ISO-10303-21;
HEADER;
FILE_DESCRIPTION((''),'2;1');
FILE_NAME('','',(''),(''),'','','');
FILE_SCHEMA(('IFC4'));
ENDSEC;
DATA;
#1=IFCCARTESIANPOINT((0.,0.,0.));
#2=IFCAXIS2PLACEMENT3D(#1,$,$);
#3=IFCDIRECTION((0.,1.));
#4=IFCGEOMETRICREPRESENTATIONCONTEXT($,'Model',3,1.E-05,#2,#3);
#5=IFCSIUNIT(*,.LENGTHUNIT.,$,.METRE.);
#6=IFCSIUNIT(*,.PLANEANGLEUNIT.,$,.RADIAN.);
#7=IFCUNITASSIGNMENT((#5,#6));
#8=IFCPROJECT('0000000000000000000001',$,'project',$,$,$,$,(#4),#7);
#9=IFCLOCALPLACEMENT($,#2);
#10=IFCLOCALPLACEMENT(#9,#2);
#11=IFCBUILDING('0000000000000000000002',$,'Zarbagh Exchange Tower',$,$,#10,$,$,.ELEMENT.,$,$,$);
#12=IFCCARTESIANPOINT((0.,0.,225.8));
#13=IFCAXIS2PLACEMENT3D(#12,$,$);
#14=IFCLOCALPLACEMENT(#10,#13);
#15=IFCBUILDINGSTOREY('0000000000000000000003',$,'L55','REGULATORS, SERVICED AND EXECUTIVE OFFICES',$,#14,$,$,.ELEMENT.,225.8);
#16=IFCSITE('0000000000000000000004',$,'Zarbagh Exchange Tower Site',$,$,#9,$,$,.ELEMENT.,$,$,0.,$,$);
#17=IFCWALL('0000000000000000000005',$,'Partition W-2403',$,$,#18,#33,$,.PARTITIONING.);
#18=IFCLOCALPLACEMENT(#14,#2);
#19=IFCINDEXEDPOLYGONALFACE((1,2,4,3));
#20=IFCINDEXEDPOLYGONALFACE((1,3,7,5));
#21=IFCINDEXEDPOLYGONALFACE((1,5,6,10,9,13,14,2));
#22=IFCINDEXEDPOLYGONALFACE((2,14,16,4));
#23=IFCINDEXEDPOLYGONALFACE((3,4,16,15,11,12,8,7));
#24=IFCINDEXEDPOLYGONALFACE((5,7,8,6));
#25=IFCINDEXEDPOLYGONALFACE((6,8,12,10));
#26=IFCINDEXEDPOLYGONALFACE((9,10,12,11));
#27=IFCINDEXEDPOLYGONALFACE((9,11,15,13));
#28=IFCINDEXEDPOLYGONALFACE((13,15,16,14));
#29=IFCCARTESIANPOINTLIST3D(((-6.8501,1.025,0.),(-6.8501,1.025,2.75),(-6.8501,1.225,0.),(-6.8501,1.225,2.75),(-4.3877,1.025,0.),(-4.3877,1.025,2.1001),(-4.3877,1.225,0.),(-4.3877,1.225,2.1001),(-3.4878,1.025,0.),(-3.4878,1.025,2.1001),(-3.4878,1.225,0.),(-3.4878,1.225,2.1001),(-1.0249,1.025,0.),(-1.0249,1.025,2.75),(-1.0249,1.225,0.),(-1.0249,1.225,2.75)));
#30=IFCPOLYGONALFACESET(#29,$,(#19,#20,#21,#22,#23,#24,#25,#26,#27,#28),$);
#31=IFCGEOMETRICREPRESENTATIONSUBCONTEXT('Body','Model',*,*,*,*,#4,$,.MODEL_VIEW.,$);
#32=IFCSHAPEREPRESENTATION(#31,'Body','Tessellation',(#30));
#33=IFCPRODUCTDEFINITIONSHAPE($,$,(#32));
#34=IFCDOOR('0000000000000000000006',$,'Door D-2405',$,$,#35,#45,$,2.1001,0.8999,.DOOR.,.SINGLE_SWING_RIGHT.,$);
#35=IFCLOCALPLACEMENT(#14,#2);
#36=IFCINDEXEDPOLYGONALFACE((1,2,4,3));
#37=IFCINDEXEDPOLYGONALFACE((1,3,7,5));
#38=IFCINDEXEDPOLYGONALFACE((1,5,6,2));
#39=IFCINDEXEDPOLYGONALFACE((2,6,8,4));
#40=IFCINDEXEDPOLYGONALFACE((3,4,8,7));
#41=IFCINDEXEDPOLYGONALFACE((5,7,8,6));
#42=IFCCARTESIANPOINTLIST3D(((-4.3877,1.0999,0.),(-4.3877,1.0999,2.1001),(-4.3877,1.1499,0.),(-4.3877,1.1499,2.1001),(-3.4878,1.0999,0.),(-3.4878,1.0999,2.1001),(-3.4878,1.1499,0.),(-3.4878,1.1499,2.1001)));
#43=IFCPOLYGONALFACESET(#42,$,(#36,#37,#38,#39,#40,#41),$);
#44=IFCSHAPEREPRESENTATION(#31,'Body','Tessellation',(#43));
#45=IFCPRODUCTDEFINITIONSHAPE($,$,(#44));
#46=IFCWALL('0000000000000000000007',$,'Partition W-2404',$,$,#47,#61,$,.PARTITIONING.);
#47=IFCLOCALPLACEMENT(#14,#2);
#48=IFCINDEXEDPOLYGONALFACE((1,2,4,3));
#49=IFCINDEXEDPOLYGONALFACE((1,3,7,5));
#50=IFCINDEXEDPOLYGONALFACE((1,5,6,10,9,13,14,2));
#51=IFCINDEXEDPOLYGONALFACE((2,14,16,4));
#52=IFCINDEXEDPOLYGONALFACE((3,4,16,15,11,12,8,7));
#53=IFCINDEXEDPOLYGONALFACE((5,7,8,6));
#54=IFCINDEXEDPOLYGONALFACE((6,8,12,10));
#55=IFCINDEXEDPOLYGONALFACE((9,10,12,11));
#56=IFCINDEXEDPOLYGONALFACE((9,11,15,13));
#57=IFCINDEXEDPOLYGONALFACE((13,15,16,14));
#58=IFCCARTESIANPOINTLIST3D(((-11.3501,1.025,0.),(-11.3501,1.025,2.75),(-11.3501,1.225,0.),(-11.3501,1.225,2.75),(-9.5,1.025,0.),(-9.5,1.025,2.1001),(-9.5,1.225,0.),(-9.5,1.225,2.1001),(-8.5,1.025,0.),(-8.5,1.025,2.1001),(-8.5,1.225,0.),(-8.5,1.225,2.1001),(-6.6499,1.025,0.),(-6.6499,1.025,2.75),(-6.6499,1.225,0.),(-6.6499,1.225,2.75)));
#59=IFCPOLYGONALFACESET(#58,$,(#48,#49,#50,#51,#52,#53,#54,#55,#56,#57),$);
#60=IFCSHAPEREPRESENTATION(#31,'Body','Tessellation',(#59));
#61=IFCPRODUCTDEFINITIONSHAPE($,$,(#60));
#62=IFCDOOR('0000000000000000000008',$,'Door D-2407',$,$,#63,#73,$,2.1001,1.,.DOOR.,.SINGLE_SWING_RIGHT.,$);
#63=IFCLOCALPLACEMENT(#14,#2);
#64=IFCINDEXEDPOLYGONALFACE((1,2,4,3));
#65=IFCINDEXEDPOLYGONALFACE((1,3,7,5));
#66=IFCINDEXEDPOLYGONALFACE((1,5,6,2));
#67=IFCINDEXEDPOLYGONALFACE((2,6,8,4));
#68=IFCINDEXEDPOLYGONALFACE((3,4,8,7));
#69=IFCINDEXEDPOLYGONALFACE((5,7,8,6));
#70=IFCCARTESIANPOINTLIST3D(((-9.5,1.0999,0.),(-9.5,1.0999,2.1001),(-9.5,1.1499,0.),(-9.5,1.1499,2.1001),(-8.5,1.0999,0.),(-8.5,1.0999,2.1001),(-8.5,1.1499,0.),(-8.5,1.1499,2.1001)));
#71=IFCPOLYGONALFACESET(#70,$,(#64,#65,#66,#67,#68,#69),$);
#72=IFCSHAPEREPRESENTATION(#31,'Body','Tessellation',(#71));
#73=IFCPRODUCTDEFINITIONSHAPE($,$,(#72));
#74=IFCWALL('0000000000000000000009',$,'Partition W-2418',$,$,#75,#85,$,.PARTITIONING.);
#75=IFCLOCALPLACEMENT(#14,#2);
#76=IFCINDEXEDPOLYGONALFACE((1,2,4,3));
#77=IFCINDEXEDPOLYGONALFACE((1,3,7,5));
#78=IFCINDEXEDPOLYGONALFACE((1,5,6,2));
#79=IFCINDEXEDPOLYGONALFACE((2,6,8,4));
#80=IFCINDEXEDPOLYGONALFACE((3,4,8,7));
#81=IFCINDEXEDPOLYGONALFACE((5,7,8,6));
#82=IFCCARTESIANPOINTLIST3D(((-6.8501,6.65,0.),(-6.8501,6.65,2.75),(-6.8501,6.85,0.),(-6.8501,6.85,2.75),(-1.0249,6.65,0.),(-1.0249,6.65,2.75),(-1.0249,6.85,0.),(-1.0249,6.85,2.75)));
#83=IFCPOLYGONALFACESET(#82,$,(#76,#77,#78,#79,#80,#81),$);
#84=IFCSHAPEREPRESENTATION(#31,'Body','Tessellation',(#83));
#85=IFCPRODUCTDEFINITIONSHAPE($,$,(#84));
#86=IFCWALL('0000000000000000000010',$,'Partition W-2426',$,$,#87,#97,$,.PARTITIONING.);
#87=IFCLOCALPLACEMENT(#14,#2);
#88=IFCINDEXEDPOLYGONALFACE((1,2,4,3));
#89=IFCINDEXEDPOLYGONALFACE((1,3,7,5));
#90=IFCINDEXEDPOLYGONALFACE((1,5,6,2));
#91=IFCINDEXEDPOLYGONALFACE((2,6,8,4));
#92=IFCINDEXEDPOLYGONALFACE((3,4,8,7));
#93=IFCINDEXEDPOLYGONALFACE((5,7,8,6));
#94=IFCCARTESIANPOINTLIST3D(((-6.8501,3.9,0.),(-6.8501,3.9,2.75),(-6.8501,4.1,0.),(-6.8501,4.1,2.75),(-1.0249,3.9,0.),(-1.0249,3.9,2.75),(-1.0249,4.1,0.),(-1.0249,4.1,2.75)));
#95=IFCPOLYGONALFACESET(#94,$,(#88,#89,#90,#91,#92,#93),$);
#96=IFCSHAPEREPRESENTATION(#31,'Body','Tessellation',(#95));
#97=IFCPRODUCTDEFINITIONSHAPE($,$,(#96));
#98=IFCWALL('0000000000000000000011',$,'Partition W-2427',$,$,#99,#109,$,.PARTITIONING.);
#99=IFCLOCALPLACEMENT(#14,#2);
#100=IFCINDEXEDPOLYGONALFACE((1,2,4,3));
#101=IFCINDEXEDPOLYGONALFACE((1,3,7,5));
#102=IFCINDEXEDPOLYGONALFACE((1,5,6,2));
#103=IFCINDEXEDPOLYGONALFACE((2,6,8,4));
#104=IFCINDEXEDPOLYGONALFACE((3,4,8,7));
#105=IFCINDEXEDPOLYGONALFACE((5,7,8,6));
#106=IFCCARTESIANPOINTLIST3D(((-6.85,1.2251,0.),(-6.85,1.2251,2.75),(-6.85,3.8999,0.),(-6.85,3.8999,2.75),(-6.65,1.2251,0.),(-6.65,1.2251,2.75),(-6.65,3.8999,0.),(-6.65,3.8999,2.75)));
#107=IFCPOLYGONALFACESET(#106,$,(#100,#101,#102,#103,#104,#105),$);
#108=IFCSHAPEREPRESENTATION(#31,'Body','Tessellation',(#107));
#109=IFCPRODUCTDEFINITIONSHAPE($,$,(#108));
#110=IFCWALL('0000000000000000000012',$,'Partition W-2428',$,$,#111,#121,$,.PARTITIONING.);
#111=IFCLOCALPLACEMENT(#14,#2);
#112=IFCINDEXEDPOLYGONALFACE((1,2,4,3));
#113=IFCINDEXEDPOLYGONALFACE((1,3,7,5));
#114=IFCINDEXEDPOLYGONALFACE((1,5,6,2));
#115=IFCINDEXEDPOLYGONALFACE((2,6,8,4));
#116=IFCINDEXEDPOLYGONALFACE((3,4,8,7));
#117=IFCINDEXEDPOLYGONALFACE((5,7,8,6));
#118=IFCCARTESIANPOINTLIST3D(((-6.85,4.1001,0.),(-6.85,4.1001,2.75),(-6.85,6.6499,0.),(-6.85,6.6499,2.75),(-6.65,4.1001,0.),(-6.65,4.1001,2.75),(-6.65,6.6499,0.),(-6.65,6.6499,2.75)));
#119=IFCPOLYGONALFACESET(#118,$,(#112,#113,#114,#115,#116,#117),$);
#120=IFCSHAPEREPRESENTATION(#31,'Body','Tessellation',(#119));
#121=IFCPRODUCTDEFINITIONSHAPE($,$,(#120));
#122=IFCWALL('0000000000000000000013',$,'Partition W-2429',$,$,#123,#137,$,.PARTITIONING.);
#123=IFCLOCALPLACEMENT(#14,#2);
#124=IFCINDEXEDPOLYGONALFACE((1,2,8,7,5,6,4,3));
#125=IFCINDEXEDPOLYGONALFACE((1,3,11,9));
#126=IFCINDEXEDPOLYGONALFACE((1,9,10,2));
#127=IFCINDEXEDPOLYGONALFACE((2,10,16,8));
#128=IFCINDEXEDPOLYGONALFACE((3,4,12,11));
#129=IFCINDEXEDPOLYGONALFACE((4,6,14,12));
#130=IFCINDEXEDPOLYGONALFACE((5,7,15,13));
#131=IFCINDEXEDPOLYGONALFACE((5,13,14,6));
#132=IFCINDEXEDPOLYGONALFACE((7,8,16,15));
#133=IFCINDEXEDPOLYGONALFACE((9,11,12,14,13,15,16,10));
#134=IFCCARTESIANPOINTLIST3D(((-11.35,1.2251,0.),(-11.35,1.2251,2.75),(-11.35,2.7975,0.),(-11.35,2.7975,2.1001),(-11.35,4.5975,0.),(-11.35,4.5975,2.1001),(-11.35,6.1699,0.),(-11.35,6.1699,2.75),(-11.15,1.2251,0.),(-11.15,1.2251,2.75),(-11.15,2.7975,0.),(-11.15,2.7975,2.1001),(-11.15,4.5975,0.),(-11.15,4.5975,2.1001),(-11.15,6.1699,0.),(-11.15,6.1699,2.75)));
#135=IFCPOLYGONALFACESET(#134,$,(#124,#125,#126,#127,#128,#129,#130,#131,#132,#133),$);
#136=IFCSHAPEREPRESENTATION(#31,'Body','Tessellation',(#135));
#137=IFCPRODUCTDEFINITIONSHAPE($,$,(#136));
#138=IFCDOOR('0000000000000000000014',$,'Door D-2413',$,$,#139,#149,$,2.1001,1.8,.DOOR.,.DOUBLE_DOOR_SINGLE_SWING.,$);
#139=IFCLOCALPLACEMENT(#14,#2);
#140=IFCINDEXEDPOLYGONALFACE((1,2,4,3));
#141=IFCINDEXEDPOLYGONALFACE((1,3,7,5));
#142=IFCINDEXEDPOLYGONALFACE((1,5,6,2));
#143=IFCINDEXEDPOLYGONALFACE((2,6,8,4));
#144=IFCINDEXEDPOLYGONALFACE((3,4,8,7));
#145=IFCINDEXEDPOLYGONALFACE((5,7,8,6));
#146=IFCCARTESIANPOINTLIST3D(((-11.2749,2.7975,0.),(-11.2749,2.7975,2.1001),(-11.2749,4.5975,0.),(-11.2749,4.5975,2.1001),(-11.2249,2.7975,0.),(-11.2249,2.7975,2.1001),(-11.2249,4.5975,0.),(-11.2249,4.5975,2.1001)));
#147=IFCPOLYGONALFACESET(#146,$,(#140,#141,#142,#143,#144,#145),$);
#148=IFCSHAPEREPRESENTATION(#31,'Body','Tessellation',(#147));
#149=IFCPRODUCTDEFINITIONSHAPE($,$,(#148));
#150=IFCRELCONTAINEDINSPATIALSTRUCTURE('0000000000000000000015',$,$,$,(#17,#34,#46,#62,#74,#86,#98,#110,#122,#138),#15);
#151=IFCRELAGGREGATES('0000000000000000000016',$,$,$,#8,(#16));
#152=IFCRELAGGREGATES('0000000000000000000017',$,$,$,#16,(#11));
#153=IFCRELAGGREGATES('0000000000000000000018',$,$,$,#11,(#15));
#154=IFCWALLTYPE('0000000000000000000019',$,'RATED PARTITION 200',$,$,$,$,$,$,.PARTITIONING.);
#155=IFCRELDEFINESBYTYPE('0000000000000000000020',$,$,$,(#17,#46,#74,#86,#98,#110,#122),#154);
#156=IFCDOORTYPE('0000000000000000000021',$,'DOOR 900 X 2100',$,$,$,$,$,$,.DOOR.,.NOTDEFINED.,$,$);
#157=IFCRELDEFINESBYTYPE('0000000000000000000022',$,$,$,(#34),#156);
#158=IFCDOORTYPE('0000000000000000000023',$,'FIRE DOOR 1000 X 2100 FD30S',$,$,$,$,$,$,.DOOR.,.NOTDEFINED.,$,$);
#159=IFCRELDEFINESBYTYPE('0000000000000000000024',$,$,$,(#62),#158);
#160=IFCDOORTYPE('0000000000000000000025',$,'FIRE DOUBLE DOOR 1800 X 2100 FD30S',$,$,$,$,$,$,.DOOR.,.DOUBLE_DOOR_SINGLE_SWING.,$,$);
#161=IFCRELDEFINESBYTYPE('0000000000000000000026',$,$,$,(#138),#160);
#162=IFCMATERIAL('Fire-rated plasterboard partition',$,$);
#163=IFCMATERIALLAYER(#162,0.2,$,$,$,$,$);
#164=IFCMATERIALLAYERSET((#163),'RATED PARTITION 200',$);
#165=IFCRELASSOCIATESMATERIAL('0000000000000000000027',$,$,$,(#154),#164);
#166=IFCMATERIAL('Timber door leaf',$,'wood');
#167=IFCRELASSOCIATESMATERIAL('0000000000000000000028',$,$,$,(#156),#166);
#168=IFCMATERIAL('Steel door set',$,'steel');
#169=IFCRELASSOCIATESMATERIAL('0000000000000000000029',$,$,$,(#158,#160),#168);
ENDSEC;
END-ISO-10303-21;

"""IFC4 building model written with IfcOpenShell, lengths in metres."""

from ifc_helpers import new_model, si_unit, direction, frame, frame_2d, origin, place, context, subcontext, project, spatial, rectangle, extrude, material, layer, layer_set, type_object, element, fill, save


model = new_model("IFC4")

# Units and contexts
model_context = context("Model", 3, precision=1e-05, world=origin(), true_north=direction((0.0, 1.0)))
body_context = subcontext(model_context, "Body", "Model", "MODEL_VIEW")
ifc_project = project(units=[si_unit("LENGTHUNIT", "METRE"), si_unit("PLANEANGLEUNIT", "RADIAN")], contexts=[model_context])

# Site, building, storey
site_placement = place(None, origin())
site = spatial("IfcSite", under=ifc_project, at=site_placement, Name="Zarbagh Exchange Tower Site", CompositionType="ELEMENT", RefElevation=0.0)
building_placement = place(site_placement, origin())
building = spatial("IfcBuilding", under=site, at=building_placement, Name="Zarbagh Exchange Tower", CompositionType="ELEMENT")
storey_placement = place(building_placement, frame((0.0, 0.0, 225.8)))
storey = spatial("IfcBuildingStorey", under=building, at=storey_placement, Name="L55", Description="REGULATORS, SERVICED AND EXECUTIVE OFFICES", CompositionType="ELEMENT", Elevation=225.8)

# Walls, openings, doors
ifc_material_1 = material(Name="Fire-rated plasterboard partition")
ifc_layer = layer(ifc_material_1, 0.2)
ifc_layer_set = layer_set([ifc_layer], Name="RATED PARTITION 200")
wall_type = type_object("IfcWallType", Name="RATED PARTITION 200", PredefinedType="PARTITIONING", material=ifc_layer_set)
wall_1_placement = place(storey_placement, frame((-6.8501, 1.125, 0.0), z_axis=(0.0, 0.0, 1.0), x_axis=(1.0, 0.0, 0.0)))
wall_1 = element("IfcWall", 1, at=wall_1_placement, inside=storey, type_object=wall_type, Name="Partition W-2403", PredefinedType="PARTITIONING", context=body_context, shape_type="SweptSolid", body=[
    extrude(rectangle(XDim=5.8252, YDim=0.2, at=frame_2d((2.9126, 0.0))), origin(), (0.0, 0.0, 1.0), 2.75),
])
opening_1_placement = place(wall_1_placement, frame((2.4624, 0.0, 0.0)))
opening_1 = element("IfcOpeningElement", 2, at=opening_1_placement, cuts=wall_1, PredefinedType="OPENING", context=body_context, shape_type="SweptSolid", body=[
    extrude(rectangle(XDim=0.8999, YDim=2.1001, at=frame_2d((0.45, 1.05))), frame((0.0, 0.1099, 0.0), z_axis=(0.0, -1.0, 0.0), x_axis=(1.0, 0.0, 0.0)), (0.0, 0.0, 1.0), 0.22),
])
ifc_material_2 = material(Name="Timber door leaf", Category="wood")
door_type_1 = type_object("IfcDoorType", Name="DOOR 900 X 2100", OperationType="NOTDEFINED", PredefinedType="DOOR", material=ifc_material_2)
door_1_placement = place(opening_1_placement, origin())
door_1 = element("IfcDoor", 3, at=door_1_placement, inside=storey, type_object=door_type_1, Name="Door D-2405", OperationType="SINGLE_SWING_RIGHT", OverallHeight=2.1001, OverallWidth=0.8999, PredefinedType="DOOR", context=body_context, shape_type="SweptSolid", body=[
    extrude(rectangle(XDim=0.8999, YDim=2.1001, at=frame_2d((0.45, 1.05))), frame((0.0, 0.0249, 0.0), z_axis=(0.0, -1.0, 0.0), x_axis=(1.0, 0.0, 0.0)), (0.0, 0.0, 1.0), 0.05),
])
fill(opening_1, door_1)
wall_2_placement = place(storey_placement, frame((-11.3501, 1.125, 0.0), z_axis=(0.0, 0.0, 1.0), x_axis=(1.0, 0.0, 0.0)))
wall_2 = element("IfcWall", 4, at=wall_2_placement, inside=storey, type_object=wall_type, Name="Partition W-2404", PredefinedType="PARTITIONING", context=body_context, shape_type="SweptSolid", body=[
    extrude(rectangle(XDim=4.7002, YDim=0.2, at=frame_2d((2.3501, 0.0))), origin(), (0.0, 0.0, 1.0), 2.75),
])
opening_2_placement = place(wall_2_placement, frame((1.8501, 0.0, 0.0)))
opening_2 = element("IfcOpeningElement", 5, at=opening_2_placement, cuts=wall_2, PredefinedType="OPENING", context=body_context, shape_type="SweptSolid", body=[
    extrude(rectangle(XDim=1.0, YDim=2.1001, at=frame_2d((0.5, 1.05))), frame((0.0, 0.1099, 0.0), z_axis=(0.0, -1.0, 0.0), x_axis=(1.0, 0.0, 0.0)), (0.0, 0.0, 1.0), 0.22),
])
ifc_material_3 = material(Name="Steel door set", Category="steel")
door_type_2 = type_object("IfcDoorType", Name="FIRE DOOR 1000 X 2100 FD30S", OperationType="NOTDEFINED", PredefinedType="DOOR", material=ifc_material_3)
door_2_placement = place(opening_2_placement, origin())
door_2 = element("IfcDoor", 6, at=door_2_placement, inside=storey, type_object=door_type_2, Name="Door D-2407", OperationType="SINGLE_SWING_RIGHT", OverallHeight=2.1001, OverallWidth=1.0, PredefinedType="DOOR", context=body_context, shape_type="SweptSolid", body=[
    extrude(rectangle(XDim=1.0, YDim=2.1001, at=frame_2d((0.5, 1.05))), frame((0.0, 0.0249, 0.0), z_axis=(0.0, -1.0, 0.0), x_axis=(1.0, 0.0, 0.0)), (0.0, 0.0, 1.0), 0.05),
])
fill(opening_2, door_2)

# Walls
for number, where, z_axis, x_axis, name in (
    (7, (-6.8501, 6.75, 0.0), (0.0, 0.0, 1.0), (1.0, 0.0, 0.0), "Partition W-2418"),
    (8, (-6.8501, 4.0, 0.0), (0.0, 0.0, 1.0), (1.0, 0.0, 0.0), "Partition W-2426"),
):
    element("IfcWall", number, at=place(storey_placement, frame(where, z_axis=z_axis, x_axis=x_axis)), inside=storey, type_object=wall_type, Name=name, PredefinedType="PARTITIONING", context=body_context, shape_type="SweptSolid", body=[
        extrude(rectangle(XDim=5.8252, YDim=0.2, at=frame_2d((2.9126, 0.0))), origin(), (0.0, 0.0, 1.0), 2.75),
    ])
wall_3_placement = place(storey_placement, frame((-6.75, 1.2251, 0.0), z_axis=(0.0, 0.0, 1.0), x_axis=(0.0, 1.0, 0.0)))
element("IfcWall", 9, at=wall_3_placement, inside=storey, type_object=wall_type, Name="Partition W-2427", PredefinedType="PARTITIONING", context=body_context, shape_type="SweptSolid", body=[
    extrude(rectangle(XDim=2.6748, YDim=0.2, at=frame_2d((1.3374, 0.0))), origin(), (0.0, 0.0, 1.0), 2.75),
])
wall_4_placement = place(storey_placement, frame((-6.75, 4.1001, 0.0), z_axis=(0.0, 0.0, 1.0), x_axis=(0.0, 1.0, 0.0)))
element("IfcWall", 10, at=wall_4_placement, inside=storey, type_object=wall_type, Name="Partition W-2428", PredefinedType="PARTITIONING", context=body_context, shape_type="SweptSolid", body=[
    extrude(rectangle(XDim=2.5498, YDim=0.2, at=frame_2d((1.2749, 0.0))), origin(), (0.0, 0.0, 1.0), 2.75),
])

# Wall, opening, door
wall_5_placement = place(storey_placement, frame((-11.25, 1.2251, 0.0), z_axis=(0.0, 0.0, 1.0), x_axis=(0.0, 1.0, 0.0)))
wall_5 = element("IfcWall", 11, at=wall_5_placement, inside=storey, type_object=wall_type, Name="Partition W-2429", PredefinedType="PARTITIONING", context=body_context, shape_type="SweptSolid", body=[
    extrude(rectangle(XDim=4.9448, YDim=0.2, at=frame_2d((2.4724, 0.0))), origin(), (0.0, 0.0, 1.0), 2.75),
])
opening_3_placement = place(wall_5_placement, frame((1.5725, 0.0, 0.0)))
opening_3 = element("IfcOpeningElement", 12, at=opening_3_placement, cuts=wall_5, PredefinedType="OPENING", context=body_context, shape_type="SweptSolid", body=[
    extrude(rectangle(XDim=1.8, YDim=2.1001, at=frame_2d((0.8999, 1.05))), frame((0.0, 0.1099, 0.0), z_axis=(0.0, -1.0, 0.0), x_axis=(1.0, 0.0, 0.0)), (0.0, 0.0, 1.0), 0.22),
])
door_type_3 = type_object("IfcDoorType", Name="FIRE DOUBLE DOOR 1800 X 2100 FD30S", OperationType="DOUBLE_DOOR_SINGLE_SWING", PredefinedType="DOOR", material=ifc_material_3)
door_3_placement = place(opening_3_placement, origin())
door_3 = element("IfcDoor", 13, at=door_3_placement, inside=storey, type_object=door_type_3, Name="Door D-2413", OperationType="DOUBLE_DOOR_SINGLE_SWING", OverallHeight=2.1001, OverallWidth=1.8, PredefinedType="DOOR", context=body_context, shape_type="SweptSolid", body=[
    extrude(rectangle(XDim=1.8, YDim=2.1001, at=frame_2d((0.8999, 1.05))), frame((0.0, 0.0249, 0.0), z_axis=(0.0, -1.0, 0.0), x_axis=(1.0, 0.0, 0.0)), (0.0, 0.0, 1.0), 0.05),
])
fill(opening_3, door_3)

save(model, "model.ifc")
